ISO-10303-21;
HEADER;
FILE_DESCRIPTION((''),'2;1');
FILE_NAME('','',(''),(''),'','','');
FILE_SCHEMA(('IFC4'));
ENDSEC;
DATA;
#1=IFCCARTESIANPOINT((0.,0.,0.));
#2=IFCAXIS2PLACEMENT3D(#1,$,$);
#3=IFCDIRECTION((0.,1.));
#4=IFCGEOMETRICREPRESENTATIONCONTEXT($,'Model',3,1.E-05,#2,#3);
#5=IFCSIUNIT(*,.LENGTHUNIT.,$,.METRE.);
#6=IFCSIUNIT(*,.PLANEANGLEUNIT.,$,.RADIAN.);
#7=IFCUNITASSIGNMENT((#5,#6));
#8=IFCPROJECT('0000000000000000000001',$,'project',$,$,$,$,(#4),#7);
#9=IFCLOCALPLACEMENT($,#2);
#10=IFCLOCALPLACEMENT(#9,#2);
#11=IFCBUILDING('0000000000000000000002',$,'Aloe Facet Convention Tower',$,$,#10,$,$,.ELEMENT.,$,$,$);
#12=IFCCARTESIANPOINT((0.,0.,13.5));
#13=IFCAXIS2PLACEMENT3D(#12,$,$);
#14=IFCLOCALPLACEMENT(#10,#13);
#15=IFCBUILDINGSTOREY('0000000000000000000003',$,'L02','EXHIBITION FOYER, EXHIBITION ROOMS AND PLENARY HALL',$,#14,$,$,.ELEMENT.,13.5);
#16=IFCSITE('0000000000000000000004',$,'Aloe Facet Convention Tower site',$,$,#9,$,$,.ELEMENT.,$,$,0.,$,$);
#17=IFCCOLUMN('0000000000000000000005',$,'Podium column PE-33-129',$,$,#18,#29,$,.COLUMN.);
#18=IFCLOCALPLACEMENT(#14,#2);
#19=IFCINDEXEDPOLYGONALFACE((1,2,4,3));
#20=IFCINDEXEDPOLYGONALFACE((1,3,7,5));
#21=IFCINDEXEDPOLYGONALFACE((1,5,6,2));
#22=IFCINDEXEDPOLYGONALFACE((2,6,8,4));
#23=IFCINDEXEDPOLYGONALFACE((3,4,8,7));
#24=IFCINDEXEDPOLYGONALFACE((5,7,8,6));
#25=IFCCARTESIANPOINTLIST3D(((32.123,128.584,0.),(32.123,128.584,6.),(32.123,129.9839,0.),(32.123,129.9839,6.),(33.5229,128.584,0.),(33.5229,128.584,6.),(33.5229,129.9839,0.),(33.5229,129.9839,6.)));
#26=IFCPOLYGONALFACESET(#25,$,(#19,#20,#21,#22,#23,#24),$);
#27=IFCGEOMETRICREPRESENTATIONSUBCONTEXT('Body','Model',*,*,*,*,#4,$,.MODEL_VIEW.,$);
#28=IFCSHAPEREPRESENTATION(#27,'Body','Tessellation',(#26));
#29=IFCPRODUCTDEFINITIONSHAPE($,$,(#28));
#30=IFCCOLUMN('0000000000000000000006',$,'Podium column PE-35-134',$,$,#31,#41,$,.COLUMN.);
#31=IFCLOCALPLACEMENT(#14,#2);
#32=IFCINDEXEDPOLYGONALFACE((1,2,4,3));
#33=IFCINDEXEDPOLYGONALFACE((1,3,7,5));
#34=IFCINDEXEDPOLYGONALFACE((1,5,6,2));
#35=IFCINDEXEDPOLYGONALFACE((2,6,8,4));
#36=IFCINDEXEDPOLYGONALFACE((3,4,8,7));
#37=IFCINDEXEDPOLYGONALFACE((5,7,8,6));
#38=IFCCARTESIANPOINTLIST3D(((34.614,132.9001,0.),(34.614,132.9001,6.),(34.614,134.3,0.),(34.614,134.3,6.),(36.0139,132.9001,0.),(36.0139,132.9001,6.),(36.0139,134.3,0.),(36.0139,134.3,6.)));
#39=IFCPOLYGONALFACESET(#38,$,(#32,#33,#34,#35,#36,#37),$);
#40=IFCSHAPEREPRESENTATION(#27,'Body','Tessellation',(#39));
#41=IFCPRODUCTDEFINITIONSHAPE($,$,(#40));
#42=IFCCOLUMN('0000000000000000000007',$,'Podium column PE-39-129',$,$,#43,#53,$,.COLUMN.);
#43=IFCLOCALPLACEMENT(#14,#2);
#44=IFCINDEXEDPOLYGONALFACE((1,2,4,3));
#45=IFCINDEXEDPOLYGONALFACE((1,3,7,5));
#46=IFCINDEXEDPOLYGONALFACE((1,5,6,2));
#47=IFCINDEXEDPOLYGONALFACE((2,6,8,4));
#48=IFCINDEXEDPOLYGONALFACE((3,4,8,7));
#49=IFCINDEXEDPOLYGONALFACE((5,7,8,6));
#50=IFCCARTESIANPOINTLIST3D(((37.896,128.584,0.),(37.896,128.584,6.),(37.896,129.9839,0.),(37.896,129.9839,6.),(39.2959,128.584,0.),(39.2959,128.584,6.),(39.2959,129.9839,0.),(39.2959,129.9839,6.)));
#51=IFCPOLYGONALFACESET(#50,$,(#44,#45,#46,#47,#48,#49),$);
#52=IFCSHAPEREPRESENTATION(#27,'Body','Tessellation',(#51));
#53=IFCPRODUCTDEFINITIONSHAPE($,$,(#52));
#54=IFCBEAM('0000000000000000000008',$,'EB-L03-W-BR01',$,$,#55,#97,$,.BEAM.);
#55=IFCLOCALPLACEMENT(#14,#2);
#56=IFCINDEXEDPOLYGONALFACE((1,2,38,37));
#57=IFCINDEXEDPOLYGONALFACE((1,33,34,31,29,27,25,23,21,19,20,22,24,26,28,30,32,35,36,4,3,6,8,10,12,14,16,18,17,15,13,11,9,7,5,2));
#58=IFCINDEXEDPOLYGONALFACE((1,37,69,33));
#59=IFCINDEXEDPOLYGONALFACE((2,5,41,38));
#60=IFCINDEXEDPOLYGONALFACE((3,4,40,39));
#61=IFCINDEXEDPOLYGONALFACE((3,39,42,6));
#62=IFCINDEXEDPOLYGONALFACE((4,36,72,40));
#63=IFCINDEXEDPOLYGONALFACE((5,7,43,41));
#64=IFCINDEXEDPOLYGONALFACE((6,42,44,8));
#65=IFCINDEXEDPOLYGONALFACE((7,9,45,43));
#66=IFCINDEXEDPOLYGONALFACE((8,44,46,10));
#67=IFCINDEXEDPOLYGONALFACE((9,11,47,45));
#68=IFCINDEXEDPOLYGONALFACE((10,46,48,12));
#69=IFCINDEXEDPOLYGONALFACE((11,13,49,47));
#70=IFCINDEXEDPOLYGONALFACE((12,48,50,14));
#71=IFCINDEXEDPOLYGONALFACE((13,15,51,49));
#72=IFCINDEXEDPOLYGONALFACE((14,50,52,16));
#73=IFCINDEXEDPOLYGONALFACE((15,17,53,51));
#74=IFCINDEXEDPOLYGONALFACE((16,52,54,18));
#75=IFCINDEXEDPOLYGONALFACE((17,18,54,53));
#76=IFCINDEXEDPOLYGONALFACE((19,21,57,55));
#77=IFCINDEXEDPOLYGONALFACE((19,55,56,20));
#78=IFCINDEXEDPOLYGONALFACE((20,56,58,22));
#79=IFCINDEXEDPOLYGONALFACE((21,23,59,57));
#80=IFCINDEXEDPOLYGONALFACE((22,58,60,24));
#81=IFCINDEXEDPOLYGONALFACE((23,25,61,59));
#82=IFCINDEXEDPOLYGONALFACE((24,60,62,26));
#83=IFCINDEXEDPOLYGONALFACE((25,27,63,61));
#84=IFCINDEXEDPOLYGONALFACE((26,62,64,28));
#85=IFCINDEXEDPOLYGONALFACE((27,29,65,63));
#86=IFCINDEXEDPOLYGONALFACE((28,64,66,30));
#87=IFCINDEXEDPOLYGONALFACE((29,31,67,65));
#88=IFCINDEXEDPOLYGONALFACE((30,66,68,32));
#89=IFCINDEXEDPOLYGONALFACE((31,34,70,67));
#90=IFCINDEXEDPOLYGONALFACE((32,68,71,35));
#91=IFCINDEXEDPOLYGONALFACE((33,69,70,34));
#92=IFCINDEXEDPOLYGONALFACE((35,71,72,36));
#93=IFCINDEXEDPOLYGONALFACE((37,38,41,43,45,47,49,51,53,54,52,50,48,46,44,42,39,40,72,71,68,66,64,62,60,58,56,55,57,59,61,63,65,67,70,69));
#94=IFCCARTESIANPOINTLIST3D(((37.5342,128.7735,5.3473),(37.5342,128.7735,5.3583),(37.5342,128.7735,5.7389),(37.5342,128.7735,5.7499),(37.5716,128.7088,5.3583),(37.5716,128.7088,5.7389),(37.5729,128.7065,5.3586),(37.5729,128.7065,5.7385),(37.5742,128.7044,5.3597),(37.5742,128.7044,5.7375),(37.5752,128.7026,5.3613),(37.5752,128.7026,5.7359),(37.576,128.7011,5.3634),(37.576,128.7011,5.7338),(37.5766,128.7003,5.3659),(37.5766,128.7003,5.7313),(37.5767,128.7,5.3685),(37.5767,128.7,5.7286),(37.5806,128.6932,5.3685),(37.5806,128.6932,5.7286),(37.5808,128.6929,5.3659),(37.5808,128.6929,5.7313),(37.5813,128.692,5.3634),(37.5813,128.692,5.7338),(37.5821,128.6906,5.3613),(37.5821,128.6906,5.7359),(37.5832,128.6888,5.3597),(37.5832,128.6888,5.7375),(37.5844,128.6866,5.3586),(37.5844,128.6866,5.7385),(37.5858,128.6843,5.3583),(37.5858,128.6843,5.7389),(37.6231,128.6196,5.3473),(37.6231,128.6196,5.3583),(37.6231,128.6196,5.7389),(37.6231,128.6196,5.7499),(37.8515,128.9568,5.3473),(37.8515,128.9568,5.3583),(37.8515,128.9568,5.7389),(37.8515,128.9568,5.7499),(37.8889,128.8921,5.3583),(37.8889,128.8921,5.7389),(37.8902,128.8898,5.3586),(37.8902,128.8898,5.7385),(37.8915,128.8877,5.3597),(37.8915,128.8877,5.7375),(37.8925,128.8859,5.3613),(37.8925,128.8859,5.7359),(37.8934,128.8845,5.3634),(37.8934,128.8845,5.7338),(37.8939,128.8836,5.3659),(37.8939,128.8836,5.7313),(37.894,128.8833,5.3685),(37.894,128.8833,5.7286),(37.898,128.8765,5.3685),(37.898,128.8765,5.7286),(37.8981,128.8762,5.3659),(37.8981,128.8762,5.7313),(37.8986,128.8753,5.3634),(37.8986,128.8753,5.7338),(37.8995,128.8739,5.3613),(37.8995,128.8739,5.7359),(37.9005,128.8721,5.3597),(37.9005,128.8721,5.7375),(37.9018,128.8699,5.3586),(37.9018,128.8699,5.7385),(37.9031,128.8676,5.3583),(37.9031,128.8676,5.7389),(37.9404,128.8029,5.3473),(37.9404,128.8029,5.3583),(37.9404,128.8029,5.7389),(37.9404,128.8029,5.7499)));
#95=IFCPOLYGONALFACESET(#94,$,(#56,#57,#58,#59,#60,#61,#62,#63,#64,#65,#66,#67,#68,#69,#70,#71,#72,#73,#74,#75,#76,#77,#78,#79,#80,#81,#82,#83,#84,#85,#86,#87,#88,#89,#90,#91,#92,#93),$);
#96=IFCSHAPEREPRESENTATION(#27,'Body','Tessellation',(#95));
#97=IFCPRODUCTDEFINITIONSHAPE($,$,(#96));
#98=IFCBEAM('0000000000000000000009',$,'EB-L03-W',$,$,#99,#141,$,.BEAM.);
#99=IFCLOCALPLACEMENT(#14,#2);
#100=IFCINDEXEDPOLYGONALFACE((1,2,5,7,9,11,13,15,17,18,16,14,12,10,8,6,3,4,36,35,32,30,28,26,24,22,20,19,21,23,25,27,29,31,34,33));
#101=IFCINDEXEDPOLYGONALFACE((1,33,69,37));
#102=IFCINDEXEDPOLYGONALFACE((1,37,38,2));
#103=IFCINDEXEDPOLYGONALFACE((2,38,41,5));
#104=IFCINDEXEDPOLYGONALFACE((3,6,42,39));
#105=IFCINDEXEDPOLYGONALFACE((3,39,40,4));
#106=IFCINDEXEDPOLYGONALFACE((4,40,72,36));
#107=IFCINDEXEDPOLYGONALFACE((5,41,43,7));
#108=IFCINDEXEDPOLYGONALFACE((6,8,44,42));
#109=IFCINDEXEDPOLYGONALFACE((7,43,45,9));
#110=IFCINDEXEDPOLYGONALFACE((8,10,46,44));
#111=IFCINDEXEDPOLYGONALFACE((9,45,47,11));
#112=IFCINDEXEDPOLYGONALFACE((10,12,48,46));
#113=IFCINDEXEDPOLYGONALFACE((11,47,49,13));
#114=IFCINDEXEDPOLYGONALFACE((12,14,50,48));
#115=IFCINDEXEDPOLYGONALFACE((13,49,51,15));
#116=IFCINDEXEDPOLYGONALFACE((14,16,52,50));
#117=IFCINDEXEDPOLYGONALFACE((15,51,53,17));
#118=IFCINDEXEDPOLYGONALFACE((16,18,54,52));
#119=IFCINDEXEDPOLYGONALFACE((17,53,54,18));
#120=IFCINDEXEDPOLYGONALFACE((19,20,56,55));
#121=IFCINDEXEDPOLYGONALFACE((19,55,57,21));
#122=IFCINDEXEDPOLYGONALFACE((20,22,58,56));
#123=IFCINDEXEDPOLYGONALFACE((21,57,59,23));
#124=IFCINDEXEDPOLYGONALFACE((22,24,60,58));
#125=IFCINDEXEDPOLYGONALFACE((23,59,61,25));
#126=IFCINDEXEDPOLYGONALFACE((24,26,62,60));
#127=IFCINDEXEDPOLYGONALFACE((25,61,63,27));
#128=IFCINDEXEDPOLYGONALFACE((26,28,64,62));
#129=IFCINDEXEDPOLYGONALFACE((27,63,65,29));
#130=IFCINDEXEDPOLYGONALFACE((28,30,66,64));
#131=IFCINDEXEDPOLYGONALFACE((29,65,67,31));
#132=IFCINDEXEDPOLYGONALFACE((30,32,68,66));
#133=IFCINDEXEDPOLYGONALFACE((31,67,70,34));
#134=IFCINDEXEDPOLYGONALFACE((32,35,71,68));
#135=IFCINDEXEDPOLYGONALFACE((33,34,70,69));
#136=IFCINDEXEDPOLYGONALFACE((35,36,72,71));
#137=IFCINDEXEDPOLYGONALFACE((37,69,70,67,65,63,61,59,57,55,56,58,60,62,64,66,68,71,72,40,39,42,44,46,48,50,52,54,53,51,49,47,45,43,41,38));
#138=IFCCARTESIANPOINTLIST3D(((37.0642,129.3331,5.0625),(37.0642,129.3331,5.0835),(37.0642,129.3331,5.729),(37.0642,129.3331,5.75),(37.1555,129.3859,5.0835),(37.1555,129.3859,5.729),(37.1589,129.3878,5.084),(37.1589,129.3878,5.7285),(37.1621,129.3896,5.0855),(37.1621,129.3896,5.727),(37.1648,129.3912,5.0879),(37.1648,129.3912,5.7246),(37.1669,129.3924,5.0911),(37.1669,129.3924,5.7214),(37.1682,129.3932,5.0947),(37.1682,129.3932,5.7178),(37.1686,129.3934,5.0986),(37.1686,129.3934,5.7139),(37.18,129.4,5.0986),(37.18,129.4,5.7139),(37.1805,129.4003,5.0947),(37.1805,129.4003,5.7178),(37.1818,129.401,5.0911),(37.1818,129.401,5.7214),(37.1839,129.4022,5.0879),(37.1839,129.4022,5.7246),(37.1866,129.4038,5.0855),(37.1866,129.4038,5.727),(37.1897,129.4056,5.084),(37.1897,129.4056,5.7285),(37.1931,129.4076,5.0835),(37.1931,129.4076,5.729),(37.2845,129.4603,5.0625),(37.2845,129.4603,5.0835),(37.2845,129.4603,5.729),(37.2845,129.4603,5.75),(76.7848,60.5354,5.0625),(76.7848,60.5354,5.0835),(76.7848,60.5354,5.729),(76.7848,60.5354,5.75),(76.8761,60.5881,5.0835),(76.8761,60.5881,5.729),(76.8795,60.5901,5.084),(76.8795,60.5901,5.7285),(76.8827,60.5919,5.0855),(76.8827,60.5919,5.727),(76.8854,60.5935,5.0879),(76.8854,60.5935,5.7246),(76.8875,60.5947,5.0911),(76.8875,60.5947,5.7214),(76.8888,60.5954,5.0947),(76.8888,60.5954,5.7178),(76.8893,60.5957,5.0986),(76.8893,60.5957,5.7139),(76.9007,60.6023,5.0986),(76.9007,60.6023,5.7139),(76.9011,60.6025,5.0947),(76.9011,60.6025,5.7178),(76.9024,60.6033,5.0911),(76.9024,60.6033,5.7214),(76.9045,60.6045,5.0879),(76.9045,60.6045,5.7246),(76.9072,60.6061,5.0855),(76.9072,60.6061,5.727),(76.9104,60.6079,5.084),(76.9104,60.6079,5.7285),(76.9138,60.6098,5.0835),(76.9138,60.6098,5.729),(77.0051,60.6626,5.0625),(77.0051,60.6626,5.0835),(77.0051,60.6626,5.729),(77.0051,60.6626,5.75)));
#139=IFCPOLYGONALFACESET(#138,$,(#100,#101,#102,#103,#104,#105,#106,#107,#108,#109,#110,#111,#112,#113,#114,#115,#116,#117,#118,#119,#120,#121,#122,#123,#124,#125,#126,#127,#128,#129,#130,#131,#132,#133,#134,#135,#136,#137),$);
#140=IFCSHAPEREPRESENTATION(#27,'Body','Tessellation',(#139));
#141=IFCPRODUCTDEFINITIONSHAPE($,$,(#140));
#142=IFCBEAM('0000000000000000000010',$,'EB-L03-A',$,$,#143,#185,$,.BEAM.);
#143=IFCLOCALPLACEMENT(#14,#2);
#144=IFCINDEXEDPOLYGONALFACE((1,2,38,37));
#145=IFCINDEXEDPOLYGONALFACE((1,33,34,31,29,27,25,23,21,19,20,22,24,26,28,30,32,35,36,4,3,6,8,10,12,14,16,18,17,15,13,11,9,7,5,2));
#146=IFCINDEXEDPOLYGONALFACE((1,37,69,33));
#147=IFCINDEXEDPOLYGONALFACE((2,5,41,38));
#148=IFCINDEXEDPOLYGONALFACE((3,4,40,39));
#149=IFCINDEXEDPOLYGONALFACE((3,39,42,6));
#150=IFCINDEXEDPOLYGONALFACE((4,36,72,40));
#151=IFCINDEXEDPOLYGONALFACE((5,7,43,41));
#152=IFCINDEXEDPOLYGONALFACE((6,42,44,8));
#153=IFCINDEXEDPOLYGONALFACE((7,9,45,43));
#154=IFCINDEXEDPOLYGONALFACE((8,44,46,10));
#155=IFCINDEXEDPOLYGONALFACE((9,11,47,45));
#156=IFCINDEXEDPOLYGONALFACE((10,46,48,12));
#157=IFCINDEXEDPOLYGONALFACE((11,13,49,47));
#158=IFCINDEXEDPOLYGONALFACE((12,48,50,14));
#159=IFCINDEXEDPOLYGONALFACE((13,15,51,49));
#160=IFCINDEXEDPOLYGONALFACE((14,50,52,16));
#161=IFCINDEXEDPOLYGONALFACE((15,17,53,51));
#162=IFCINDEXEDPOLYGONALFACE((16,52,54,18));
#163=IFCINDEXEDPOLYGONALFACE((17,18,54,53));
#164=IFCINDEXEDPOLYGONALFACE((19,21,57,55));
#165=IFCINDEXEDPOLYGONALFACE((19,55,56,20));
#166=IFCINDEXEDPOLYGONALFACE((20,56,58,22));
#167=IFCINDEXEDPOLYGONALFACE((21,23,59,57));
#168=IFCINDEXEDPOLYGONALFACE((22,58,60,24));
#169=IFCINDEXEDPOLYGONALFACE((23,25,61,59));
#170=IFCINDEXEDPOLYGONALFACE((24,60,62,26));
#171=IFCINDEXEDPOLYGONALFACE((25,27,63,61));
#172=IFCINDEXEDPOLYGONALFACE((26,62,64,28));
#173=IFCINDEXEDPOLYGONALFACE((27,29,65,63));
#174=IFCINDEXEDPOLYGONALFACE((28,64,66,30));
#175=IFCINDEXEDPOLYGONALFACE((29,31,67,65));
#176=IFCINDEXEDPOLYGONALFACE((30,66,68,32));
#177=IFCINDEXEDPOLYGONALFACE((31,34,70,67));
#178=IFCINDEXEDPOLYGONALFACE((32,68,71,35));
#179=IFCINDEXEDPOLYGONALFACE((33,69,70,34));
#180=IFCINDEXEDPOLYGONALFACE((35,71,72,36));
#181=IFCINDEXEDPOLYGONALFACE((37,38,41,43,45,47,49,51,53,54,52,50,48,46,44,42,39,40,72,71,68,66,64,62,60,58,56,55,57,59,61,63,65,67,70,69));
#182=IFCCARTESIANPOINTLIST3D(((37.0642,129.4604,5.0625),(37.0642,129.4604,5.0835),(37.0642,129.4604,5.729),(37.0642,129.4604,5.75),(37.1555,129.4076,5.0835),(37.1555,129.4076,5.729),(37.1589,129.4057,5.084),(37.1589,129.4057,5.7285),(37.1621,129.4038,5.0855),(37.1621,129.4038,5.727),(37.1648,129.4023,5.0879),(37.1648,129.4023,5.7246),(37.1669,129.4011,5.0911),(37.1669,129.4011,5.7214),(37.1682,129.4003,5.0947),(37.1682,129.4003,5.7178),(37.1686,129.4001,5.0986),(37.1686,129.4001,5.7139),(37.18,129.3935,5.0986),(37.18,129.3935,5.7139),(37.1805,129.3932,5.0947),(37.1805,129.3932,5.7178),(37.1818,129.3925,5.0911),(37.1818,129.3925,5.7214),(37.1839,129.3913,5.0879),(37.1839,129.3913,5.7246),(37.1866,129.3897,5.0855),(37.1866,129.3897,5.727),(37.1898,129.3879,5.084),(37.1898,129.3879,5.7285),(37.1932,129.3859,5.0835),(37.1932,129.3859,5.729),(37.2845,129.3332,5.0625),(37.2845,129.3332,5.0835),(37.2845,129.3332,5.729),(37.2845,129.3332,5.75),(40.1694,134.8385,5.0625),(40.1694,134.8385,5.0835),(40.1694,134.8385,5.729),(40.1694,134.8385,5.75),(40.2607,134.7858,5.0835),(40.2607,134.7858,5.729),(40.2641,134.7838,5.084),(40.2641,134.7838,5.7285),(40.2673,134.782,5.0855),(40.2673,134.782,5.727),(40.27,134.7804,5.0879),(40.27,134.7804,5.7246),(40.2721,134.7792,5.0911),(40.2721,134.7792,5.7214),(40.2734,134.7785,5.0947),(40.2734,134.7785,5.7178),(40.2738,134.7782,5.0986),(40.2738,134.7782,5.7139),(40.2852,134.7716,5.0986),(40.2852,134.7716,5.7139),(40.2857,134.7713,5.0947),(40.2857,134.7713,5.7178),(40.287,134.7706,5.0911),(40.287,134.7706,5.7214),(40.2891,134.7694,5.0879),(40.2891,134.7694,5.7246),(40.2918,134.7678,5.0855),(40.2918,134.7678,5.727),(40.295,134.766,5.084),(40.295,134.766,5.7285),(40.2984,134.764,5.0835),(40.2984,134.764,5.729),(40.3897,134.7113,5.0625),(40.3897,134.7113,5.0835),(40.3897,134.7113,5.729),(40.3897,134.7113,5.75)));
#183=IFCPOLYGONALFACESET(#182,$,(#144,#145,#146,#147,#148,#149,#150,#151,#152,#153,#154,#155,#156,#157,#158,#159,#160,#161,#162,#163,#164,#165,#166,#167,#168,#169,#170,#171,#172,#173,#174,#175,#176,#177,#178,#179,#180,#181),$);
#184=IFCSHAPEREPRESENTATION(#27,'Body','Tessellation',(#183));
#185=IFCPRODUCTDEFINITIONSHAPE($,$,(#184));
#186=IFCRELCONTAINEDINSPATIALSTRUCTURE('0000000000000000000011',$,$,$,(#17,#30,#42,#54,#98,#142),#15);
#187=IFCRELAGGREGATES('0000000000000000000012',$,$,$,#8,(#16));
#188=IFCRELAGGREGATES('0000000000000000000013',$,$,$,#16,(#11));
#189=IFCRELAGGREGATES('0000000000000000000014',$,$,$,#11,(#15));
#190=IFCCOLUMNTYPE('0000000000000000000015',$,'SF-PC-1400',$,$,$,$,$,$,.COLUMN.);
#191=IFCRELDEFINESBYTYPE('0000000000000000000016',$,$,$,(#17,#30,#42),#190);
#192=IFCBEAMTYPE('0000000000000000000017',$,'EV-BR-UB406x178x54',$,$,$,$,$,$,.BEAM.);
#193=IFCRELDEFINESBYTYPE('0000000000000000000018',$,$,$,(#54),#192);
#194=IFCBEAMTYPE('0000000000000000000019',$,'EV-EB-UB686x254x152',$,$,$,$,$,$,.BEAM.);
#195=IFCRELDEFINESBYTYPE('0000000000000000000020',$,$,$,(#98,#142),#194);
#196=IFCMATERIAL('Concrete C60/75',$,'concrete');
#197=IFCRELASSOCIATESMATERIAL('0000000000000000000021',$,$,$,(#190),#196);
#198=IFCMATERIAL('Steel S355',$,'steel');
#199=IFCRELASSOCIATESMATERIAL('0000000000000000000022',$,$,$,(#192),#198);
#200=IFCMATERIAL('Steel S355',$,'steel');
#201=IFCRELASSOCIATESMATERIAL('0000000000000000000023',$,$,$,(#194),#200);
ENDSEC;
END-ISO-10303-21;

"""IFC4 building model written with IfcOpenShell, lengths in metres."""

from ifc_helpers import new_model, si_unit, direction, frame, origin, origin_2d, place, context, subcontext, project, spatial, rectangle, i_section, extrude, material, material_profile, profile_set, type_object, element, save


model = new_model("IFC4")

# Units and contexts
model_context = context("Model", 3, precision=1e-05, world=origin(), true_north=direction((0.0, 1.0)))
body_context = subcontext(model_context, "Body", "Model", "MODEL_VIEW")
ifc_project = project(units=[si_unit("LENGTHUNIT", "METRE"), si_unit("PLANEANGLEUNIT", "RADIAN")], contexts=[model_context])

# Site, building, storey
site_placement = place(None, origin())
site = spatial("IfcSite", under=ifc_project, at=site_placement, Name="Aloe Facet Convention Tower site", CompositionType="ELEMENT", RefElevation=0.0)
building_placement = place(site_placement, origin())
building = spatial("IfcBuilding", under=site, at=building_placement, Name="Aloe Facet Convention Tower", CompositionType="ELEMENT")
storey_placement = place(building_placement, frame((0.0, 0.0, 13.5)))
storey = spatial("IfcBuildingStorey", under=building, at=storey_placement, Name="L02", Description="EXHIBITION FOYER, EXHIBITION ROOMS AND PLENARY HALL", CompositionType="ELEMENT", Elevation=13.5)

# Columns
ifc_material_1 = material(Name="Concrete C60/75", Category="concrete")
ifc_material_profile_1 = material_profile(ifc_material_1, rectangle(XDim=1.3999, YDim=1.3999, at=origin_2d()), Name="SF-PC-1400")
ifc_profile_set_1 = profile_set([ifc_material_profile_1], Name="Concrete C60/75")
column_type = type_object("IfcColumnType", Name="SF-PC-1400", PredefinedType="COLUMN", material=ifc_profile_set_1)
for number, where, z_axis, x_axis, name in (
    (1, (32.823, 129.2839, 0.0), (0.0, 0.0, 1.0), (1.0, 0.0, 0.0), "Podium column PE-33-129"),
    (2, (35.314, 133.6001, 0.0), (0.0, 0.0, 1.0), (1.0, 0.0, 0.0), "Podium column PE-35-134"),
    (3, (38.5959, 129.2839, 0.0), (0.0, 0.0, 1.0), (1.0, 0.0, 0.0), "Podium column PE-39-129"),
):
    element("IfcColumn", number, at=place(storey_placement, frame(where, z_axis=z_axis, x_axis=x_axis)), inside=storey, type_object=column_type, Name=name, PredefinedType="COLUMN", context=body_context, shape_type="SweptSolid", body=[
        extrude(rectangle(XDim=1.3999, YDim=1.3999, at=origin_2d()), origin(), (0.0, 0.0, 1.0), 6.0),
    ])

# Beams
ifc_material_2 = material(Name="Steel S355", Category="steel")
ifc_material_profile_2 = material_profile(ifc_material_2, i_section(OverallWidth=0.1777, OverallDepth=0.4026, WebThickness=0.0078, FlangeThickness=0.011, FilletRadius=0.0103, at=origin_2d()), Name="UB 406x178x54")
ifc_profile_set_2 = profile_set([ifc_material_profile_2], Name="Steel S355")
beam_type_1 = type_object("IfcBeamType", Name="EV-BR-UB406x178x54", PredefinedType="BEAM", material=ifc_profile_set_2)
beam_1_placement = place(storey_placement, frame((37.896, 128.8799, 5.5486), z_axis=(-0.865897, -0.500222, 0.0), x_axis=(0.500222, -0.865897, 0.0)))
element("IfcBeam", 4, at=beam_1_placement, inside=storey, type_object=beam_type_1, Name="EB-L03-W-BR01", PredefinedType="BEAM", context=body_context, shape_type="SweptSolid", body=[
    extrude(i_section(OverallWidth=0.1777, OverallDepth=0.4026, WebThickness=0.0078, FlangeThickness=0.011, FilletRadius=0.0103, at=origin_2d()), origin(), (0.0, 0.0, 1.0), 0.3665),
])
ifc_material_3 = material(Name="Steel S355", Category="steel")
ifc_material_profile_3 = material_profile(ifc_material_3, i_section(OverallWidth=0.2544, OverallDepth=0.6875, WebThickness=0.0132, FlangeThickness=0.021, FilletRadius=0.0151, at=origin_2d()), Name="UB 686x254x152")
ifc_profile_set_3 = profile_set([ifc_material_profile_3], Name="Steel S355")
beam_type_2 = type_object("IfcBeamType", Name="EV-EB-UB686x254x152", PredefinedType="BEAM", material=ifc_profile_set_3)
beam_2_placement = place(storey_placement, frame((37.1743, 129.3967, 5.4062), z_axis=(0.500002, -0.866024, 0.0), x_axis=(0.866024, 0.500002, 0.0)))
element("IfcBeam", 5, at=beam_2_placement, inside=storey, type_object=beam_type_2, Name="EB-L03-W", PredefinedType="BEAM", context=body_context, shape_type="SweptSolid", body=[
    extrude(i_section(OverallWidth=0.2544, OverallDepth=0.6875, WebThickness=0.0132, FlangeThickness=0.021, FilletRadius=0.0151, at=origin_2d()), origin(), (0.0, 0.0, 1.0), 79.4409),
])
beam_3_placement = place(storey_placement, frame((40.2795, 134.7749, 5.4062), z_axis=(-0.500016, -0.866016, 0.0), x_axis=(0.866016, -0.500016, 0.0)))
element("IfcBeam", 6, at=beam_3_placement, inside=storey, type_object=beam_type_2, Name="EB-L03-A", PredefinedType="BEAM", context=body_context, shape_type="SweptSolid", body=[
    extrude(i_section(OverallWidth=0.2544, OverallDepth=0.6875, WebThickness=0.0132, FlangeThickness=0.021, FilletRadius=0.0151, at=origin_2d()), origin(), (0.0, 0.0, 1.0), 6.2102),
])

save(model, "model.ifc")
